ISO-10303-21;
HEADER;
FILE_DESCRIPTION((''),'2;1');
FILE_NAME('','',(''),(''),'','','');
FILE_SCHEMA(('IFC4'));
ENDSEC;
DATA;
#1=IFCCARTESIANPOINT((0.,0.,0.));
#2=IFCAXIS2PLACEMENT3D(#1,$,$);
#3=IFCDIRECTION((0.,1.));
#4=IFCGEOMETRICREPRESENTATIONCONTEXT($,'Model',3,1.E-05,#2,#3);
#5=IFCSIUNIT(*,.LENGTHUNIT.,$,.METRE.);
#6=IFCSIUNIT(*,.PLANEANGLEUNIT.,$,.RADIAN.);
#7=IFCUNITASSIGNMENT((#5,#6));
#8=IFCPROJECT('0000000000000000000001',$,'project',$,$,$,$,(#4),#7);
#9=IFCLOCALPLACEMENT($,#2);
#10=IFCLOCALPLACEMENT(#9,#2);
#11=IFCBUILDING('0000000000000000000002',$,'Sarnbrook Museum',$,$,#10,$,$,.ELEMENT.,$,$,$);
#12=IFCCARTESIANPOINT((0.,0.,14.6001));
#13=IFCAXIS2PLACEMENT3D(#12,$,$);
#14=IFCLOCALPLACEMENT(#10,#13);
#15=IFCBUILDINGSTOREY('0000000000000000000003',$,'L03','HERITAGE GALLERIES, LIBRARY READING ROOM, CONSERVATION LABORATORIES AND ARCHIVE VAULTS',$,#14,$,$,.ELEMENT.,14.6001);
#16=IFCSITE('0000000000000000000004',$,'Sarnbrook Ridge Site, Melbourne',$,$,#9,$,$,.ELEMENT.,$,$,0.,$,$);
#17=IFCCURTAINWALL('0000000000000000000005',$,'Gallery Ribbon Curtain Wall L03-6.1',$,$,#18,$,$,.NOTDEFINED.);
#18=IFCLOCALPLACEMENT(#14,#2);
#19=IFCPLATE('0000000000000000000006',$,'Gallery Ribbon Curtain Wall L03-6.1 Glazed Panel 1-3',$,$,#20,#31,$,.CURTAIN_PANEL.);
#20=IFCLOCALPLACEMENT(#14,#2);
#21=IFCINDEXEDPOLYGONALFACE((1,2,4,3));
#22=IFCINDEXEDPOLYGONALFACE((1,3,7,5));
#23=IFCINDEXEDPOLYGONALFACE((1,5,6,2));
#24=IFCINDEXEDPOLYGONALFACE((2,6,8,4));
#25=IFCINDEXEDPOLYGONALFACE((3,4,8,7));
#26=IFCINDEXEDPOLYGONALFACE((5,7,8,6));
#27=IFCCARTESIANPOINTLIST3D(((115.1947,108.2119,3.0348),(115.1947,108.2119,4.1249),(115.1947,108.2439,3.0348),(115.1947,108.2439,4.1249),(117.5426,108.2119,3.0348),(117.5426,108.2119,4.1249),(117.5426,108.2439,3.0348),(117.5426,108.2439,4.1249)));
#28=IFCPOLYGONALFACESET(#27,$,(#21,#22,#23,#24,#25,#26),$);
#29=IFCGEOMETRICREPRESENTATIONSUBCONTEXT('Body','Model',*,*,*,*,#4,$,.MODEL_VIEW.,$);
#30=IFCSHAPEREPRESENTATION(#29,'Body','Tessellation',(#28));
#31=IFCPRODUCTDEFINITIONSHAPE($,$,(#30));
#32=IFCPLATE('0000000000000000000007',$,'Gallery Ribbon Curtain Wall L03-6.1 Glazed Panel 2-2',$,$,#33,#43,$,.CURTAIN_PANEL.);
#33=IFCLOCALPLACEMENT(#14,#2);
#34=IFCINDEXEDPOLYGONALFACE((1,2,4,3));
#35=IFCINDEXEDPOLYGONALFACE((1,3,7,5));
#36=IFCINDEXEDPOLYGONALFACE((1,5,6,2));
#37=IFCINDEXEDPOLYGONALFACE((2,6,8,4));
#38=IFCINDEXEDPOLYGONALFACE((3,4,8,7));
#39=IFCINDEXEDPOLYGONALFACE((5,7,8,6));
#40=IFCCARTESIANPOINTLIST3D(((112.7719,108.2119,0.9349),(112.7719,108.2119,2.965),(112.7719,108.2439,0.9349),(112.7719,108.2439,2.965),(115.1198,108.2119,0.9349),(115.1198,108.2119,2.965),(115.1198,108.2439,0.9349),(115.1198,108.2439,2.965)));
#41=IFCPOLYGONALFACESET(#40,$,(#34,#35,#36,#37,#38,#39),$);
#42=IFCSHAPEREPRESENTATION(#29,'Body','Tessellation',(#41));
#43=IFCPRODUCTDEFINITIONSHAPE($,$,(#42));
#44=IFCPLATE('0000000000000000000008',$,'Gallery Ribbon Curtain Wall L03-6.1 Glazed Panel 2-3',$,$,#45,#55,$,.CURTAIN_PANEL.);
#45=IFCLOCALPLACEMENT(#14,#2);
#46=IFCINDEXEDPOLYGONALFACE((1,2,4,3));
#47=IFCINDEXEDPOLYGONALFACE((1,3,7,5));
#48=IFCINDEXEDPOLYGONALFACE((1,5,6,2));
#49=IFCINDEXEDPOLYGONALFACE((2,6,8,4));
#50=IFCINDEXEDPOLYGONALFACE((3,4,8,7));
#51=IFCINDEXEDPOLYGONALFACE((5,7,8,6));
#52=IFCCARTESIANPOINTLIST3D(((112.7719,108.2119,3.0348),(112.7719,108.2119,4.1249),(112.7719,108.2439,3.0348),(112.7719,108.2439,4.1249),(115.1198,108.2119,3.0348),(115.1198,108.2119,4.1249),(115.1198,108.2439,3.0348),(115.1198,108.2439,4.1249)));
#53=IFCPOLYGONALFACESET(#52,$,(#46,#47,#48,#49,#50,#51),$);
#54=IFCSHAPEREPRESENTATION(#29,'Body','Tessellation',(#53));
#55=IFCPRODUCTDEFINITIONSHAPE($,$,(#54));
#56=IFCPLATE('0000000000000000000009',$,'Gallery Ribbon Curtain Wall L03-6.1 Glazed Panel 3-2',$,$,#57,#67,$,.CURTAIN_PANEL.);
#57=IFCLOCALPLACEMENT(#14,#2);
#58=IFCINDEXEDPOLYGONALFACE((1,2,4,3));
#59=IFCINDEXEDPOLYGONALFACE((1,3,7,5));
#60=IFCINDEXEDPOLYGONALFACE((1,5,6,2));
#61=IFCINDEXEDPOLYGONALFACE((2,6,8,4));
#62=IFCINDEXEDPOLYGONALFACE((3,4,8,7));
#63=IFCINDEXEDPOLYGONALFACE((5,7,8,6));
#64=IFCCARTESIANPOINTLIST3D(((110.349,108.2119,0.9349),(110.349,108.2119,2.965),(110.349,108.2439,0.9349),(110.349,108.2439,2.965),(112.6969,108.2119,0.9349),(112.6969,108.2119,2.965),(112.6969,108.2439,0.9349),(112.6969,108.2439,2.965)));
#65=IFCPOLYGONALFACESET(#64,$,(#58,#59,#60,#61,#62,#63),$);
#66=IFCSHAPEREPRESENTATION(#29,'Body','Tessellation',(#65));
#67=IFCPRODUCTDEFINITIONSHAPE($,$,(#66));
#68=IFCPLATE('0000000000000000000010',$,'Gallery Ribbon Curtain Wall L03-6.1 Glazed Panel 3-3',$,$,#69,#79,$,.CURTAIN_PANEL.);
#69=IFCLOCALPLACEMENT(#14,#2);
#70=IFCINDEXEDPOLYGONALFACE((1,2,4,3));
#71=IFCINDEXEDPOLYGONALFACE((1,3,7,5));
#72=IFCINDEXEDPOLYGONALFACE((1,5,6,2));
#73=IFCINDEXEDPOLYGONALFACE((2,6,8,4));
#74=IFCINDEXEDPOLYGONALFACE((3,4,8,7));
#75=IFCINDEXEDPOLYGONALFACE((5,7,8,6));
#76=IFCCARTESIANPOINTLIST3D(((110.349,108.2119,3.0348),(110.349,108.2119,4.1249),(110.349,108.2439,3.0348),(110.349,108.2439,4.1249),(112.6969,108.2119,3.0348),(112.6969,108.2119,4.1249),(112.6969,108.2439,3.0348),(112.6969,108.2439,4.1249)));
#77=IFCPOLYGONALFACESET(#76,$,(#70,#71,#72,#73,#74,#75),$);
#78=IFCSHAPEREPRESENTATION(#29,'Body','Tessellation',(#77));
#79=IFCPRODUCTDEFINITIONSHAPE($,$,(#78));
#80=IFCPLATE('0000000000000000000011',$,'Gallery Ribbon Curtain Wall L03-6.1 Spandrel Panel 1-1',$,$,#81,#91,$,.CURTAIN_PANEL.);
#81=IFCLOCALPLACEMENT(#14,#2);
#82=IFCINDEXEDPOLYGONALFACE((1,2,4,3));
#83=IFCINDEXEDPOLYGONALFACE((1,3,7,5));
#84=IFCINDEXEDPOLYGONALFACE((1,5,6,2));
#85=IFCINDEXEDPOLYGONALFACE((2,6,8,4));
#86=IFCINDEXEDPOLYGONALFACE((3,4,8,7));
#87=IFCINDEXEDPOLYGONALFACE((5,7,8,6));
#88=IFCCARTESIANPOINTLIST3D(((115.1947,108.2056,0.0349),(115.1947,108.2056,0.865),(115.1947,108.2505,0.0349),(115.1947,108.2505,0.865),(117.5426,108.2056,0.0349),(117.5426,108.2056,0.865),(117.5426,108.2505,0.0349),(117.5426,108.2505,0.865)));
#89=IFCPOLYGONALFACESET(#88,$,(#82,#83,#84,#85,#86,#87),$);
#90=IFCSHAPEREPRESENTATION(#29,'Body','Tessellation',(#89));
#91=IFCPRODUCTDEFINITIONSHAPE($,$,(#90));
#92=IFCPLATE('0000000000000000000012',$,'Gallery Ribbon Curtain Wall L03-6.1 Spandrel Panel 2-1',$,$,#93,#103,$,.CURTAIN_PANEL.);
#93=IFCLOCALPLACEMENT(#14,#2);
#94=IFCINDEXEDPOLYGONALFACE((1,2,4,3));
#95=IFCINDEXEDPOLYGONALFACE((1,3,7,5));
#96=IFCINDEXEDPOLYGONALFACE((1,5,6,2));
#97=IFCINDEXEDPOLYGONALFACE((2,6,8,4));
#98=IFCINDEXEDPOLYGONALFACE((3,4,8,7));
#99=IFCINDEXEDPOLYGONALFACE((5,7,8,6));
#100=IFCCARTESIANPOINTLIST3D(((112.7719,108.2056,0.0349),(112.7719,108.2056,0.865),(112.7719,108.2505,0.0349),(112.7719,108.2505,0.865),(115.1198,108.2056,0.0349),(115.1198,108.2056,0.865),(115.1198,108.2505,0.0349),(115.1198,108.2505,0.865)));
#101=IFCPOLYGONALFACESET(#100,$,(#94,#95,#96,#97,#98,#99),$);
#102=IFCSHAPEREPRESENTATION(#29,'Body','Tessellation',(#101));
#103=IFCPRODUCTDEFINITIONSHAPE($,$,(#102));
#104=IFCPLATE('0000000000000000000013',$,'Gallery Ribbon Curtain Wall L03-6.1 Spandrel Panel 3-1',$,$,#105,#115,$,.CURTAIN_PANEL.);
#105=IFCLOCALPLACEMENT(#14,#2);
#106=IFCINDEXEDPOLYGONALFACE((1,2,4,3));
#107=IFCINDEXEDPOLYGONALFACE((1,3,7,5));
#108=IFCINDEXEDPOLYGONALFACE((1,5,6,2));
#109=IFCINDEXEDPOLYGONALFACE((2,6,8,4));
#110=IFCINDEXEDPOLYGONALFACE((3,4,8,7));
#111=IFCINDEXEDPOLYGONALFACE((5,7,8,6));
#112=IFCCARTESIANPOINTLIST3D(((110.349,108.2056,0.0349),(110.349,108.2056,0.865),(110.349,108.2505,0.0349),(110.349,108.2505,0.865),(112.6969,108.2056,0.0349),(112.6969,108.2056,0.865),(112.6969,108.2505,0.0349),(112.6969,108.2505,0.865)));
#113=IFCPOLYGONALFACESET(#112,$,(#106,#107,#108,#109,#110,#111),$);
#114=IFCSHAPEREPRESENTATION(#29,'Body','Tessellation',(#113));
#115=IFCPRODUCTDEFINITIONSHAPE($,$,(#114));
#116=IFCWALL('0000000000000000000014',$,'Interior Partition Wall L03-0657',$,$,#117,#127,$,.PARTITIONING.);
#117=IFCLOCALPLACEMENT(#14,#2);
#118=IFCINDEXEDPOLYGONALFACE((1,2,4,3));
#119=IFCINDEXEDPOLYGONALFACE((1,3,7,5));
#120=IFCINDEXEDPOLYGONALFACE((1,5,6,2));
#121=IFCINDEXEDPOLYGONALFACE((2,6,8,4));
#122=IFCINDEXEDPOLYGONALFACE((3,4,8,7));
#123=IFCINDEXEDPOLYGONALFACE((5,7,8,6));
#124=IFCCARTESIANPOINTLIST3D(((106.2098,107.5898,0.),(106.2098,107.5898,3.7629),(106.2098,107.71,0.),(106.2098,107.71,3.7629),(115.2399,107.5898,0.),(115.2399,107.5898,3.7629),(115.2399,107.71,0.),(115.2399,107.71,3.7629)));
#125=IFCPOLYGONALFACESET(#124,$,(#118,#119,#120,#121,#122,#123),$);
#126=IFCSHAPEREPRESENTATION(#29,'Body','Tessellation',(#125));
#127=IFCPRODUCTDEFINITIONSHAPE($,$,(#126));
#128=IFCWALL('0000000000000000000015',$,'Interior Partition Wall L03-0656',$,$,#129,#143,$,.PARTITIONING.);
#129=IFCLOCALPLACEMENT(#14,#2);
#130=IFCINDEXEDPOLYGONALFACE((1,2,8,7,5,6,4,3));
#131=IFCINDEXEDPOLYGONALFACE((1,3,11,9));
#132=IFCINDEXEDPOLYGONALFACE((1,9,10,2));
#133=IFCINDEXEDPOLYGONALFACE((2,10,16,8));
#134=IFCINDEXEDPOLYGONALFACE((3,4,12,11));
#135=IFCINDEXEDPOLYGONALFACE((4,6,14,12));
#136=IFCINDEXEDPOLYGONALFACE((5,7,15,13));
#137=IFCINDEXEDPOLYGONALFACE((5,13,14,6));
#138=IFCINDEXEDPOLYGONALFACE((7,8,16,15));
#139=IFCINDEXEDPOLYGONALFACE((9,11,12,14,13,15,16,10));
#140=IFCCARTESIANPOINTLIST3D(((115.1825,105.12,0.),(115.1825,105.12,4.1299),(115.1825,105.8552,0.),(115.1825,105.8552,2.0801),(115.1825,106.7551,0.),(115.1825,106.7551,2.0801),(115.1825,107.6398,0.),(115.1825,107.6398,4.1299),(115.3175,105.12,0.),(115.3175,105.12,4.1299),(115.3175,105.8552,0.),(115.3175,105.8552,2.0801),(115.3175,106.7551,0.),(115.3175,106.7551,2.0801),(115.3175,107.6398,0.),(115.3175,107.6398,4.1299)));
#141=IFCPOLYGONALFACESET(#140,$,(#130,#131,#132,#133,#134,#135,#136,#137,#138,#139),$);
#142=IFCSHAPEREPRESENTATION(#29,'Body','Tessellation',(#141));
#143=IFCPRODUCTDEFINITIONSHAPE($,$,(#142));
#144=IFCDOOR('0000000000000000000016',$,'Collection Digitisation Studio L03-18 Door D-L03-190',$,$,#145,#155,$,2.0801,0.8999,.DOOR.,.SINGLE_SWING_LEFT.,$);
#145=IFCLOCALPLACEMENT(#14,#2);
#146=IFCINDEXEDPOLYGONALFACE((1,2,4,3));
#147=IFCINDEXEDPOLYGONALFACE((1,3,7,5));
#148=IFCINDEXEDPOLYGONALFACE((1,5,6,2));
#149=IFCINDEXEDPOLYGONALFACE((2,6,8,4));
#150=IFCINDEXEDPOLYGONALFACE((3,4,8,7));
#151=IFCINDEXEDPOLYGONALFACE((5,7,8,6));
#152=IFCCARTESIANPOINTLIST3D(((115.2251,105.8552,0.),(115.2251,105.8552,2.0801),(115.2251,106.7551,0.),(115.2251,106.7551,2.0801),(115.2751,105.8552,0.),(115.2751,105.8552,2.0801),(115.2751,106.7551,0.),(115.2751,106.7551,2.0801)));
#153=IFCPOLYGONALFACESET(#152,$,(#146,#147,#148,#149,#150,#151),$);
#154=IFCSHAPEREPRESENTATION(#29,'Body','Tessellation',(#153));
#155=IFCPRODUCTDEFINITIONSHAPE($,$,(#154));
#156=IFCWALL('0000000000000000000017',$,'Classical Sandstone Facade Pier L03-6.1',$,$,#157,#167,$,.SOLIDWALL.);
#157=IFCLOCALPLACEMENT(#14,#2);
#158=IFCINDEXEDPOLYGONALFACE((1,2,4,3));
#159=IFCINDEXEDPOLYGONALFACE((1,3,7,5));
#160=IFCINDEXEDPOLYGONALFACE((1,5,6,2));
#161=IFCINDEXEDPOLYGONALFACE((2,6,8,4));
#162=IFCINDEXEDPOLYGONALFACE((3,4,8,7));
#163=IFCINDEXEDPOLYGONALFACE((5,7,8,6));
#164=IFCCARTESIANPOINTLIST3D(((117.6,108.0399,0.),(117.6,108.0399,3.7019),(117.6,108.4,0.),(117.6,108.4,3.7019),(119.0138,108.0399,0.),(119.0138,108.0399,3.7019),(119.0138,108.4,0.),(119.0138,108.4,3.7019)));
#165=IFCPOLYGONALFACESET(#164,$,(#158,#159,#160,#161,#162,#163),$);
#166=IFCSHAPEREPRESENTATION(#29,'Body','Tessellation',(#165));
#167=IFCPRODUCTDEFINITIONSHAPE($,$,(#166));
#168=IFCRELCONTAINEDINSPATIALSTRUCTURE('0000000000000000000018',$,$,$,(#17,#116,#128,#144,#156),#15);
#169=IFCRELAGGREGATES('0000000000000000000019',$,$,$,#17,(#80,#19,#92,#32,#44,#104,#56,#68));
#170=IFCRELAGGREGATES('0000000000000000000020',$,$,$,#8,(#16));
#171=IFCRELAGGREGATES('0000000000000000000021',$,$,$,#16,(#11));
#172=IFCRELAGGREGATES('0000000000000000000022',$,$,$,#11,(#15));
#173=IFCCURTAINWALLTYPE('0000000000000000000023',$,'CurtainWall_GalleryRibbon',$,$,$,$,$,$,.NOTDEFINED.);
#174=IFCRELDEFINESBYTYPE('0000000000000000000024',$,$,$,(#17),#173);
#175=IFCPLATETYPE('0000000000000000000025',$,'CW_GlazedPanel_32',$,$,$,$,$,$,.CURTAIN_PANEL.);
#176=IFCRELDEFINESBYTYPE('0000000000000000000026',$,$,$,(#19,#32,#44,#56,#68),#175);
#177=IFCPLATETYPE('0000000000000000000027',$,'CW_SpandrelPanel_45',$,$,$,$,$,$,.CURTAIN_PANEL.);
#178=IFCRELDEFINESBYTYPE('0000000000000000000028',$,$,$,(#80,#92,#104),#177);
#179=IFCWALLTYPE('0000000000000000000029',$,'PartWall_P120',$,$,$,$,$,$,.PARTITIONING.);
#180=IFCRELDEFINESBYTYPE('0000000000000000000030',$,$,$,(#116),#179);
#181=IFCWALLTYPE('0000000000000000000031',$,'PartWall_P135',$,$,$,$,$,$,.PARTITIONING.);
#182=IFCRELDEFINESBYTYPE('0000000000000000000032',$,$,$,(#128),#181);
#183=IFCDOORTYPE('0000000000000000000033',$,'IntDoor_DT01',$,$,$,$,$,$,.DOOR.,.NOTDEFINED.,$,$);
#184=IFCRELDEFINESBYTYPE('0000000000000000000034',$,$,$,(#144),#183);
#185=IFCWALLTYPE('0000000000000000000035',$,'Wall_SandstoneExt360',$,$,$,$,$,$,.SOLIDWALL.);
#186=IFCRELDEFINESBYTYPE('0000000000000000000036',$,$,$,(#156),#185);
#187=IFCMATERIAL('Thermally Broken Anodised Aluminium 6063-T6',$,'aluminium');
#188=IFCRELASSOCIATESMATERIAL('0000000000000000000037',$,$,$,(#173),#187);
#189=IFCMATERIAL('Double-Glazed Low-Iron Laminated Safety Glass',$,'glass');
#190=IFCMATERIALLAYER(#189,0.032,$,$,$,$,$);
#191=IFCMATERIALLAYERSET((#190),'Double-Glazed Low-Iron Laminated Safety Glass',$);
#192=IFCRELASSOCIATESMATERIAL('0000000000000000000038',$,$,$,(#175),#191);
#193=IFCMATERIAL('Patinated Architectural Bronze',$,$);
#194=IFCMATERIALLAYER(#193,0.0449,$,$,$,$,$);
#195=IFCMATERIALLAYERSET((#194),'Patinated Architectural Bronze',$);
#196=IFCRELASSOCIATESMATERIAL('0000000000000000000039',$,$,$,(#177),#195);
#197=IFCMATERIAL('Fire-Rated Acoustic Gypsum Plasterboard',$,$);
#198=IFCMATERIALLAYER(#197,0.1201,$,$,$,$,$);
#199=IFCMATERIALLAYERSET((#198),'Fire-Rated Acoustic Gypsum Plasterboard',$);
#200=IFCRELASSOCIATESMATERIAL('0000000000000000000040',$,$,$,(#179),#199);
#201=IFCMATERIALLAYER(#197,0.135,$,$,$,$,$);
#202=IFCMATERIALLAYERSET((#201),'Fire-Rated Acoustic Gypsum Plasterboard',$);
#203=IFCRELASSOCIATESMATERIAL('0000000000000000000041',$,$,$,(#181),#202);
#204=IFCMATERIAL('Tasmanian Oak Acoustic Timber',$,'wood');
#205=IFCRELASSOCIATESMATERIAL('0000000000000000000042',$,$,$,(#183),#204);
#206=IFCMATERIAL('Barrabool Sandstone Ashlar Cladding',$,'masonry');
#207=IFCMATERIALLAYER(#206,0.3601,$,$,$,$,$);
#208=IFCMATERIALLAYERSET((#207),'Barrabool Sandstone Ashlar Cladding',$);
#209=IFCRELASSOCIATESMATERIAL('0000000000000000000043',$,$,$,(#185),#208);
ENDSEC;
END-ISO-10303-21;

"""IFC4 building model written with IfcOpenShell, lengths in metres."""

from ifc_helpers import new_model, si_unit, direction, frame, frame_2d, origin, origin_2d, place, context, subcontext, project, spatial, rectangle, extrude, material, layer, layer_set, type_object, element, fill, aggregate, save


model = new_model("IFC4")

# Units and contexts
model_context = context("Model", 3, precision=1e-05, world=origin(), true_north=direction((0.0, 1.0)))
body_context = subcontext(model_context, "Body", "Model", "MODEL_VIEW")
ifc_project = project(units=[si_unit("LENGTHUNIT", "METRE"), si_unit("PLANEANGLEUNIT", "RADIAN")], contexts=[model_context])

# Site, building, storey
site_placement = place(None, origin())
site = spatial("IfcSite", under=ifc_project, at=site_placement, Name="Sarnbrook Ridge Site, Melbourne", CompositionType="ELEMENT", RefElevation=0.0)
building_placement = place(site_placement, origin())
building = spatial("IfcBuilding", under=site, at=building_placement, Name="Sarnbrook Museum", CompositionType="ELEMENT")
storey_placement = place(building_placement, frame((0.0, 0.0, 14.6001)))
storey = spatial("IfcBuildingStorey", under=building, at=storey_placement, Name="L03", Description="HERITAGE GALLERIES, LIBRARY READING ROOM, CONSERVATION LABORATORIES AND ARCHIVE VAULTS", CompositionType="ELEMENT", Elevation=14.6001)

# Curtain wall
ifc_material_1 = material(Name="Thermally Broken Anodised Aluminium 6063-T6", Category="aluminium")
curtain_wall_type_1 = type_object("IfcCurtainWallType", Name="CurtainWall_GalleryRibbon", PredefinedType="NOTDEFINED", material=ifc_material_1)
curtain_wall_1_placement = place(storey_placement, origin())
curtain_wall_1 = element("IfcCurtainWall", 1, at=curtain_wall_1_placement, inside=storey, type_object=curtain_wall_type_1, Name="Gallery Ribbon Curtain Wall L03-6.1", PredefinedType="NOTDEFINED")

# Shared definitions
ifc_material_2 = material(Name="Double-Glazed Low-Iron Laminated Safety Glass", Category="glass")
ifc_layer_1 = layer(ifc_material_2, 0.032)
ifc_layer_set_1 = layer_set([ifc_layer_1], Name="Double-Glazed Low-Iron Laminated Safety Glass")
plate_type_1 = type_object("IfcPlateType", Name="CW_GlazedPanel_32", PredefinedType="CURTAIN_PANEL", material=ifc_layer_set_1)

# Plates
plate_1_placement = place(storey_placement, frame((116.3687, 108.2119, 3.5798), z_axis=(0.0, 1.0, 0.0), x_axis=(-1.0, 0.0, 0.0)))
plate_1 = element("IfcPlate", 2, at=plate_1_placement, type_object=plate_type_1, Name="Gallery Ribbon Curtain Wall L03-6.1 Glazed Panel 1-3", PredefinedType="CURTAIN_PANEL", context=body_context, shape_type="SweptSolid", body=[
    extrude(rectangle(XDim=2.3479, YDim=1.0901, at=origin_2d()), origin(), (0.0, 0.0, 1.0), 0.032),
])
plate_2_placement = place(storey_placement, frame((113.9458, 108.2119, 1.95), z_axis=(0.0, 1.0, 0.0), x_axis=(-1.0, 0.0, 0.0)))
plate_2 = element("IfcPlate", 3, at=plate_2_placement, type_object=plate_type_1, Name="Gallery Ribbon Curtain Wall L03-6.1 Glazed Panel 2-2", PredefinedType="CURTAIN_PANEL", context=body_context, shape_type="SweptSolid", body=[
    extrude(rectangle(XDim=2.3479, YDim=2.03, at=origin_2d()), origin(), (0.0, 0.0, 1.0), 0.032),
])
plate_3_placement = place(storey_placement, frame((113.9458, 108.2119, 3.5798), z_axis=(0.0, 1.0, 0.0), x_axis=(-1.0, 0.0, 0.0)))
plate_3 = element("IfcPlate", 4, at=plate_3_placement, type_object=plate_type_1, Name="Gallery Ribbon Curtain Wall L03-6.1 Glazed Panel 2-3", PredefinedType="CURTAIN_PANEL", context=body_context, shape_type="SweptSolid", body=[
    extrude(rectangle(XDim=2.3479, YDim=1.0901, at=origin_2d()), origin(), (0.0, 0.0, 1.0), 0.032),
])
plate_4_placement = place(storey_placement, frame((111.5229, 108.2119, 1.95), z_axis=(0.0, 1.0, 0.0), x_axis=(-1.0, 0.0, 0.0)))
plate_4 = element("IfcPlate", 5, at=plate_4_placement, type_object=plate_type_1, Name="Gallery Ribbon Curtain Wall L03-6.1 Glazed Panel 3-2", PredefinedType="CURTAIN_PANEL", context=body_context, shape_type="SweptSolid", body=[
    extrude(rectangle(XDim=2.3479, YDim=2.03, at=origin_2d()), origin(), (0.0, 0.0, 1.0), 0.032),
])
plate_5_placement = place(storey_placement, frame((111.5229, 108.2119, 3.5798), z_axis=(0.0, 1.0, 0.0), x_axis=(-1.0, 0.0, 0.0)))
plate_5 = element("IfcPlate", 6, at=plate_5_placement, type_object=plate_type_1, Name="Gallery Ribbon Curtain Wall L03-6.1 Glazed Panel 3-3", PredefinedType="CURTAIN_PANEL", context=body_context, shape_type="SweptSolid", body=[
    extrude(rectangle(XDim=2.3479, YDim=1.0901, at=origin_2d()), origin(), (0.0, 0.0, 1.0), 0.032),
])
ifc_material_3 = material(Name="Patinated Architectural Bronze")
ifc_layer_2 = layer(ifc_material_3, 0.0449)
ifc_layer_set_2 = layer_set([ifc_layer_2], Name="Patinated Architectural Bronze")
plate_type_2 = type_object("IfcPlateType", Name="CW_SpandrelPanel_45", PredefinedType="CURTAIN_PANEL", material=ifc_layer_set_2)
plate_6_placement = place(storey_placement, frame((116.3687, 108.2056, 0.45), z_axis=(0.0, 1.0, 0.0), x_axis=(-1.0, 0.0, 0.0)))
plate_6 = element("IfcPlate", 7, at=plate_6_placement, type_object=plate_type_2, Name="Gallery Ribbon Curtain Wall L03-6.1 Spandrel Panel 1-1", PredefinedType="CURTAIN_PANEL", context=body_context, shape_type="SweptSolid", body=[
    extrude(rectangle(XDim=2.3479, YDim=0.8301, at=origin_2d()), origin(), (0.0, 0.0, 1.0), 0.0449),
])
plate_7_placement = place(storey_placement, frame((113.9458, 108.2056, 0.45), z_axis=(0.0, 1.0, 0.0), x_axis=(-1.0, 0.0, 0.0)))
plate_7 = element("IfcPlate", 8, at=plate_7_placement, type_object=plate_type_2, Name="Gallery Ribbon Curtain Wall L03-6.1 Spandrel Panel 2-1", PredefinedType="CURTAIN_PANEL", context=body_context, shape_type="SweptSolid", body=[
    extrude(rectangle(XDim=2.3479, YDim=0.8301, at=origin_2d()), origin(), (0.0, 0.0, 1.0), 0.0449),
])
plate_8_placement = place(storey_placement, frame((111.5229, 108.2056, 0.45), z_axis=(0.0, 1.0, 0.0), x_axis=(-1.0, 0.0, 0.0)))
plate_8 = element("IfcPlate", 9, at=plate_8_placement, type_object=plate_type_2, Name="Gallery Ribbon Curtain Wall L03-6.1 Spandrel Panel 3-1", PredefinedType="CURTAIN_PANEL", context=body_context, shape_type="SweptSolid", body=[
    extrude(rectangle(XDim=2.3479, YDim=0.8301, at=origin_2d()), origin(), (0.0, 0.0, 1.0), 0.0449),
])
aggregate(curtain_wall_1, [plate_6, plate_1, plate_7, plate_2, plate_3, plate_8, plate_4, plate_5])

# Wall
ifc_material_4 = material(Name="Fire-Rated Acoustic Gypsum Plasterboard")
ifc_layer_3 = layer(ifc_material_4, 0.1201)
ifc_layer_set_3 = layer_set([ifc_layer_3], Name="Fire-Rated Acoustic Gypsum Plasterboard")
wall_type_1 = type_object("IfcWallType", Name="PartWall_P120", PredefinedType="PARTITIONING", material=ifc_layer_set_3)
wall_1_placement = place(storey_placement, frame((115.24, 107.6499, 0.0), z_axis=(0.0, 0.0, 1.0), x_axis=(-1.0, 0.0, 0.0)))
element("IfcWall", 10, at=wall_1_placement, inside=storey, type_object=wall_type_1, Name="Interior Partition Wall L03-0657", PredefinedType="PARTITIONING", context=body_context, shape_type="SweptSolid", body=[
    extrude(rectangle(XDim=9.03, YDim=0.1201, at=frame_2d((4.5151, 0.0))), origin(), (0.0, 0.0, 1.0), 3.7629),
])

# Wall, opening, door
ifc_layer_4 = layer(ifc_material_4, 0.135)
ifc_layer_set_4 = layer_set([ifc_layer_4], Name="Fire-Rated Acoustic Gypsum Plasterboard")
wall_type_2 = type_object("IfcWallType", Name="PartWall_P135", PredefinedType="PARTITIONING", material=ifc_layer_set_4)
wall_2_placement = place(storey_placement, frame((115.25, 105.1201, 0.0), z_axis=(0.0, 0.0, 1.0), x_axis=(0.0, 1.0, 0.0)))
wall_2 = element("IfcWall", 11, at=wall_2_placement, inside=storey, type_object=wall_type_2, Name="Interior Partition Wall L03-0656", PredefinedType="PARTITIONING", context=body_context, shape_type="SweptSolid", body=[
    extrude(rectangle(XDim=2.5198, YDim=0.135, at=frame_2d((1.2598, 0.0))), origin(), (0.0, 0.0, 1.0), 4.1299),
])
opening_placement = place(wall_2_placement, frame((0.7351, 0.0, 0.0)))
opening = element("IfcOpeningElement", 12, at=opening_placement, cuts=wall_2, PredefinedType="OPENING", context=body_context, shape_type="SweptSolid", body=[
    extrude(rectangle(XDim=0.8999, YDim=2.0801, at=frame_2d((0.45, 1.04))), frame((0.0, 0.0776, 0.0), z_axis=(0.0, -1.0, 0.0), x_axis=(1.0, 0.0, 0.0)), (0.0, 0.0, 1.0), 0.155),
])
ifc_material_5 = material(Name="Tasmanian Oak Acoustic Timber", Category="wood")
door_type = type_object("IfcDoorType", Name="IntDoor_DT01", OperationType="NOTDEFINED", PredefinedType="DOOR", material=ifc_material_5)
door_placement = place(opening_placement, origin())
door = element("IfcDoor", 13, at=door_placement, inside=storey, type_object=door_type, Name="Collection Digitisation Studio L03-18 Door D-L03-190", OperationType="SINGLE_SWING_LEFT", OverallHeight=2.0801, OverallWidth=0.8999, PredefinedType="DOOR", context=body_context, shape_type="SweptSolid", body=[
    extrude(rectangle(XDim=0.8999, YDim=2.0801, at=frame_2d((0.45, 1.04))), frame((0.0, 0.0249, 0.0), z_axis=(0.0, -1.0, 0.0), x_axis=(1.0, 0.0, 0.0)), (0.0, 0.0, 1.0), 0.05),
])
fill(opening, door)

# Wall
ifc_material_6 = material(Name="Barrabool Sandstone Ashlar Cladding", Category="masonry")
ifc_layer_5 = layer(ifc_material_6, 0.3601)
ifc_layer_set_5 = layer_set([ifc_layer_5], Name="Barrabool Sandstone Ashlar Cladding")
wall_type_3 = type_object("IfcWallType", Name="Wall_SandstoneExt360", PredefinedType="SOLIDWALL", material=ifc_layer_set_5)
wall_3_placement = place(storey_placement, frame((119.0139, 108.22, 0.0), z_axis=(0.0, 0.0, 1.0), x_axis=(-1.0, 0.0, 0.0)))
element("IfcWall", 14, at=wall_3_placement, inside=storey, type_object=wall_type_3, Name="Classical Sandstone Facade Pier L03-6.1", PredefinedType="SOLIDWALL", context=body_context, shape_type="SweptSolid", body=[
    extrude(rectangle(XDim=1.4138, YDim=0.3601, at=frame_2d((0.707, 0.0))), origin(), (0.0, 0.0, 1.0), 3.7019),
])

save(model, "model.ifc")
